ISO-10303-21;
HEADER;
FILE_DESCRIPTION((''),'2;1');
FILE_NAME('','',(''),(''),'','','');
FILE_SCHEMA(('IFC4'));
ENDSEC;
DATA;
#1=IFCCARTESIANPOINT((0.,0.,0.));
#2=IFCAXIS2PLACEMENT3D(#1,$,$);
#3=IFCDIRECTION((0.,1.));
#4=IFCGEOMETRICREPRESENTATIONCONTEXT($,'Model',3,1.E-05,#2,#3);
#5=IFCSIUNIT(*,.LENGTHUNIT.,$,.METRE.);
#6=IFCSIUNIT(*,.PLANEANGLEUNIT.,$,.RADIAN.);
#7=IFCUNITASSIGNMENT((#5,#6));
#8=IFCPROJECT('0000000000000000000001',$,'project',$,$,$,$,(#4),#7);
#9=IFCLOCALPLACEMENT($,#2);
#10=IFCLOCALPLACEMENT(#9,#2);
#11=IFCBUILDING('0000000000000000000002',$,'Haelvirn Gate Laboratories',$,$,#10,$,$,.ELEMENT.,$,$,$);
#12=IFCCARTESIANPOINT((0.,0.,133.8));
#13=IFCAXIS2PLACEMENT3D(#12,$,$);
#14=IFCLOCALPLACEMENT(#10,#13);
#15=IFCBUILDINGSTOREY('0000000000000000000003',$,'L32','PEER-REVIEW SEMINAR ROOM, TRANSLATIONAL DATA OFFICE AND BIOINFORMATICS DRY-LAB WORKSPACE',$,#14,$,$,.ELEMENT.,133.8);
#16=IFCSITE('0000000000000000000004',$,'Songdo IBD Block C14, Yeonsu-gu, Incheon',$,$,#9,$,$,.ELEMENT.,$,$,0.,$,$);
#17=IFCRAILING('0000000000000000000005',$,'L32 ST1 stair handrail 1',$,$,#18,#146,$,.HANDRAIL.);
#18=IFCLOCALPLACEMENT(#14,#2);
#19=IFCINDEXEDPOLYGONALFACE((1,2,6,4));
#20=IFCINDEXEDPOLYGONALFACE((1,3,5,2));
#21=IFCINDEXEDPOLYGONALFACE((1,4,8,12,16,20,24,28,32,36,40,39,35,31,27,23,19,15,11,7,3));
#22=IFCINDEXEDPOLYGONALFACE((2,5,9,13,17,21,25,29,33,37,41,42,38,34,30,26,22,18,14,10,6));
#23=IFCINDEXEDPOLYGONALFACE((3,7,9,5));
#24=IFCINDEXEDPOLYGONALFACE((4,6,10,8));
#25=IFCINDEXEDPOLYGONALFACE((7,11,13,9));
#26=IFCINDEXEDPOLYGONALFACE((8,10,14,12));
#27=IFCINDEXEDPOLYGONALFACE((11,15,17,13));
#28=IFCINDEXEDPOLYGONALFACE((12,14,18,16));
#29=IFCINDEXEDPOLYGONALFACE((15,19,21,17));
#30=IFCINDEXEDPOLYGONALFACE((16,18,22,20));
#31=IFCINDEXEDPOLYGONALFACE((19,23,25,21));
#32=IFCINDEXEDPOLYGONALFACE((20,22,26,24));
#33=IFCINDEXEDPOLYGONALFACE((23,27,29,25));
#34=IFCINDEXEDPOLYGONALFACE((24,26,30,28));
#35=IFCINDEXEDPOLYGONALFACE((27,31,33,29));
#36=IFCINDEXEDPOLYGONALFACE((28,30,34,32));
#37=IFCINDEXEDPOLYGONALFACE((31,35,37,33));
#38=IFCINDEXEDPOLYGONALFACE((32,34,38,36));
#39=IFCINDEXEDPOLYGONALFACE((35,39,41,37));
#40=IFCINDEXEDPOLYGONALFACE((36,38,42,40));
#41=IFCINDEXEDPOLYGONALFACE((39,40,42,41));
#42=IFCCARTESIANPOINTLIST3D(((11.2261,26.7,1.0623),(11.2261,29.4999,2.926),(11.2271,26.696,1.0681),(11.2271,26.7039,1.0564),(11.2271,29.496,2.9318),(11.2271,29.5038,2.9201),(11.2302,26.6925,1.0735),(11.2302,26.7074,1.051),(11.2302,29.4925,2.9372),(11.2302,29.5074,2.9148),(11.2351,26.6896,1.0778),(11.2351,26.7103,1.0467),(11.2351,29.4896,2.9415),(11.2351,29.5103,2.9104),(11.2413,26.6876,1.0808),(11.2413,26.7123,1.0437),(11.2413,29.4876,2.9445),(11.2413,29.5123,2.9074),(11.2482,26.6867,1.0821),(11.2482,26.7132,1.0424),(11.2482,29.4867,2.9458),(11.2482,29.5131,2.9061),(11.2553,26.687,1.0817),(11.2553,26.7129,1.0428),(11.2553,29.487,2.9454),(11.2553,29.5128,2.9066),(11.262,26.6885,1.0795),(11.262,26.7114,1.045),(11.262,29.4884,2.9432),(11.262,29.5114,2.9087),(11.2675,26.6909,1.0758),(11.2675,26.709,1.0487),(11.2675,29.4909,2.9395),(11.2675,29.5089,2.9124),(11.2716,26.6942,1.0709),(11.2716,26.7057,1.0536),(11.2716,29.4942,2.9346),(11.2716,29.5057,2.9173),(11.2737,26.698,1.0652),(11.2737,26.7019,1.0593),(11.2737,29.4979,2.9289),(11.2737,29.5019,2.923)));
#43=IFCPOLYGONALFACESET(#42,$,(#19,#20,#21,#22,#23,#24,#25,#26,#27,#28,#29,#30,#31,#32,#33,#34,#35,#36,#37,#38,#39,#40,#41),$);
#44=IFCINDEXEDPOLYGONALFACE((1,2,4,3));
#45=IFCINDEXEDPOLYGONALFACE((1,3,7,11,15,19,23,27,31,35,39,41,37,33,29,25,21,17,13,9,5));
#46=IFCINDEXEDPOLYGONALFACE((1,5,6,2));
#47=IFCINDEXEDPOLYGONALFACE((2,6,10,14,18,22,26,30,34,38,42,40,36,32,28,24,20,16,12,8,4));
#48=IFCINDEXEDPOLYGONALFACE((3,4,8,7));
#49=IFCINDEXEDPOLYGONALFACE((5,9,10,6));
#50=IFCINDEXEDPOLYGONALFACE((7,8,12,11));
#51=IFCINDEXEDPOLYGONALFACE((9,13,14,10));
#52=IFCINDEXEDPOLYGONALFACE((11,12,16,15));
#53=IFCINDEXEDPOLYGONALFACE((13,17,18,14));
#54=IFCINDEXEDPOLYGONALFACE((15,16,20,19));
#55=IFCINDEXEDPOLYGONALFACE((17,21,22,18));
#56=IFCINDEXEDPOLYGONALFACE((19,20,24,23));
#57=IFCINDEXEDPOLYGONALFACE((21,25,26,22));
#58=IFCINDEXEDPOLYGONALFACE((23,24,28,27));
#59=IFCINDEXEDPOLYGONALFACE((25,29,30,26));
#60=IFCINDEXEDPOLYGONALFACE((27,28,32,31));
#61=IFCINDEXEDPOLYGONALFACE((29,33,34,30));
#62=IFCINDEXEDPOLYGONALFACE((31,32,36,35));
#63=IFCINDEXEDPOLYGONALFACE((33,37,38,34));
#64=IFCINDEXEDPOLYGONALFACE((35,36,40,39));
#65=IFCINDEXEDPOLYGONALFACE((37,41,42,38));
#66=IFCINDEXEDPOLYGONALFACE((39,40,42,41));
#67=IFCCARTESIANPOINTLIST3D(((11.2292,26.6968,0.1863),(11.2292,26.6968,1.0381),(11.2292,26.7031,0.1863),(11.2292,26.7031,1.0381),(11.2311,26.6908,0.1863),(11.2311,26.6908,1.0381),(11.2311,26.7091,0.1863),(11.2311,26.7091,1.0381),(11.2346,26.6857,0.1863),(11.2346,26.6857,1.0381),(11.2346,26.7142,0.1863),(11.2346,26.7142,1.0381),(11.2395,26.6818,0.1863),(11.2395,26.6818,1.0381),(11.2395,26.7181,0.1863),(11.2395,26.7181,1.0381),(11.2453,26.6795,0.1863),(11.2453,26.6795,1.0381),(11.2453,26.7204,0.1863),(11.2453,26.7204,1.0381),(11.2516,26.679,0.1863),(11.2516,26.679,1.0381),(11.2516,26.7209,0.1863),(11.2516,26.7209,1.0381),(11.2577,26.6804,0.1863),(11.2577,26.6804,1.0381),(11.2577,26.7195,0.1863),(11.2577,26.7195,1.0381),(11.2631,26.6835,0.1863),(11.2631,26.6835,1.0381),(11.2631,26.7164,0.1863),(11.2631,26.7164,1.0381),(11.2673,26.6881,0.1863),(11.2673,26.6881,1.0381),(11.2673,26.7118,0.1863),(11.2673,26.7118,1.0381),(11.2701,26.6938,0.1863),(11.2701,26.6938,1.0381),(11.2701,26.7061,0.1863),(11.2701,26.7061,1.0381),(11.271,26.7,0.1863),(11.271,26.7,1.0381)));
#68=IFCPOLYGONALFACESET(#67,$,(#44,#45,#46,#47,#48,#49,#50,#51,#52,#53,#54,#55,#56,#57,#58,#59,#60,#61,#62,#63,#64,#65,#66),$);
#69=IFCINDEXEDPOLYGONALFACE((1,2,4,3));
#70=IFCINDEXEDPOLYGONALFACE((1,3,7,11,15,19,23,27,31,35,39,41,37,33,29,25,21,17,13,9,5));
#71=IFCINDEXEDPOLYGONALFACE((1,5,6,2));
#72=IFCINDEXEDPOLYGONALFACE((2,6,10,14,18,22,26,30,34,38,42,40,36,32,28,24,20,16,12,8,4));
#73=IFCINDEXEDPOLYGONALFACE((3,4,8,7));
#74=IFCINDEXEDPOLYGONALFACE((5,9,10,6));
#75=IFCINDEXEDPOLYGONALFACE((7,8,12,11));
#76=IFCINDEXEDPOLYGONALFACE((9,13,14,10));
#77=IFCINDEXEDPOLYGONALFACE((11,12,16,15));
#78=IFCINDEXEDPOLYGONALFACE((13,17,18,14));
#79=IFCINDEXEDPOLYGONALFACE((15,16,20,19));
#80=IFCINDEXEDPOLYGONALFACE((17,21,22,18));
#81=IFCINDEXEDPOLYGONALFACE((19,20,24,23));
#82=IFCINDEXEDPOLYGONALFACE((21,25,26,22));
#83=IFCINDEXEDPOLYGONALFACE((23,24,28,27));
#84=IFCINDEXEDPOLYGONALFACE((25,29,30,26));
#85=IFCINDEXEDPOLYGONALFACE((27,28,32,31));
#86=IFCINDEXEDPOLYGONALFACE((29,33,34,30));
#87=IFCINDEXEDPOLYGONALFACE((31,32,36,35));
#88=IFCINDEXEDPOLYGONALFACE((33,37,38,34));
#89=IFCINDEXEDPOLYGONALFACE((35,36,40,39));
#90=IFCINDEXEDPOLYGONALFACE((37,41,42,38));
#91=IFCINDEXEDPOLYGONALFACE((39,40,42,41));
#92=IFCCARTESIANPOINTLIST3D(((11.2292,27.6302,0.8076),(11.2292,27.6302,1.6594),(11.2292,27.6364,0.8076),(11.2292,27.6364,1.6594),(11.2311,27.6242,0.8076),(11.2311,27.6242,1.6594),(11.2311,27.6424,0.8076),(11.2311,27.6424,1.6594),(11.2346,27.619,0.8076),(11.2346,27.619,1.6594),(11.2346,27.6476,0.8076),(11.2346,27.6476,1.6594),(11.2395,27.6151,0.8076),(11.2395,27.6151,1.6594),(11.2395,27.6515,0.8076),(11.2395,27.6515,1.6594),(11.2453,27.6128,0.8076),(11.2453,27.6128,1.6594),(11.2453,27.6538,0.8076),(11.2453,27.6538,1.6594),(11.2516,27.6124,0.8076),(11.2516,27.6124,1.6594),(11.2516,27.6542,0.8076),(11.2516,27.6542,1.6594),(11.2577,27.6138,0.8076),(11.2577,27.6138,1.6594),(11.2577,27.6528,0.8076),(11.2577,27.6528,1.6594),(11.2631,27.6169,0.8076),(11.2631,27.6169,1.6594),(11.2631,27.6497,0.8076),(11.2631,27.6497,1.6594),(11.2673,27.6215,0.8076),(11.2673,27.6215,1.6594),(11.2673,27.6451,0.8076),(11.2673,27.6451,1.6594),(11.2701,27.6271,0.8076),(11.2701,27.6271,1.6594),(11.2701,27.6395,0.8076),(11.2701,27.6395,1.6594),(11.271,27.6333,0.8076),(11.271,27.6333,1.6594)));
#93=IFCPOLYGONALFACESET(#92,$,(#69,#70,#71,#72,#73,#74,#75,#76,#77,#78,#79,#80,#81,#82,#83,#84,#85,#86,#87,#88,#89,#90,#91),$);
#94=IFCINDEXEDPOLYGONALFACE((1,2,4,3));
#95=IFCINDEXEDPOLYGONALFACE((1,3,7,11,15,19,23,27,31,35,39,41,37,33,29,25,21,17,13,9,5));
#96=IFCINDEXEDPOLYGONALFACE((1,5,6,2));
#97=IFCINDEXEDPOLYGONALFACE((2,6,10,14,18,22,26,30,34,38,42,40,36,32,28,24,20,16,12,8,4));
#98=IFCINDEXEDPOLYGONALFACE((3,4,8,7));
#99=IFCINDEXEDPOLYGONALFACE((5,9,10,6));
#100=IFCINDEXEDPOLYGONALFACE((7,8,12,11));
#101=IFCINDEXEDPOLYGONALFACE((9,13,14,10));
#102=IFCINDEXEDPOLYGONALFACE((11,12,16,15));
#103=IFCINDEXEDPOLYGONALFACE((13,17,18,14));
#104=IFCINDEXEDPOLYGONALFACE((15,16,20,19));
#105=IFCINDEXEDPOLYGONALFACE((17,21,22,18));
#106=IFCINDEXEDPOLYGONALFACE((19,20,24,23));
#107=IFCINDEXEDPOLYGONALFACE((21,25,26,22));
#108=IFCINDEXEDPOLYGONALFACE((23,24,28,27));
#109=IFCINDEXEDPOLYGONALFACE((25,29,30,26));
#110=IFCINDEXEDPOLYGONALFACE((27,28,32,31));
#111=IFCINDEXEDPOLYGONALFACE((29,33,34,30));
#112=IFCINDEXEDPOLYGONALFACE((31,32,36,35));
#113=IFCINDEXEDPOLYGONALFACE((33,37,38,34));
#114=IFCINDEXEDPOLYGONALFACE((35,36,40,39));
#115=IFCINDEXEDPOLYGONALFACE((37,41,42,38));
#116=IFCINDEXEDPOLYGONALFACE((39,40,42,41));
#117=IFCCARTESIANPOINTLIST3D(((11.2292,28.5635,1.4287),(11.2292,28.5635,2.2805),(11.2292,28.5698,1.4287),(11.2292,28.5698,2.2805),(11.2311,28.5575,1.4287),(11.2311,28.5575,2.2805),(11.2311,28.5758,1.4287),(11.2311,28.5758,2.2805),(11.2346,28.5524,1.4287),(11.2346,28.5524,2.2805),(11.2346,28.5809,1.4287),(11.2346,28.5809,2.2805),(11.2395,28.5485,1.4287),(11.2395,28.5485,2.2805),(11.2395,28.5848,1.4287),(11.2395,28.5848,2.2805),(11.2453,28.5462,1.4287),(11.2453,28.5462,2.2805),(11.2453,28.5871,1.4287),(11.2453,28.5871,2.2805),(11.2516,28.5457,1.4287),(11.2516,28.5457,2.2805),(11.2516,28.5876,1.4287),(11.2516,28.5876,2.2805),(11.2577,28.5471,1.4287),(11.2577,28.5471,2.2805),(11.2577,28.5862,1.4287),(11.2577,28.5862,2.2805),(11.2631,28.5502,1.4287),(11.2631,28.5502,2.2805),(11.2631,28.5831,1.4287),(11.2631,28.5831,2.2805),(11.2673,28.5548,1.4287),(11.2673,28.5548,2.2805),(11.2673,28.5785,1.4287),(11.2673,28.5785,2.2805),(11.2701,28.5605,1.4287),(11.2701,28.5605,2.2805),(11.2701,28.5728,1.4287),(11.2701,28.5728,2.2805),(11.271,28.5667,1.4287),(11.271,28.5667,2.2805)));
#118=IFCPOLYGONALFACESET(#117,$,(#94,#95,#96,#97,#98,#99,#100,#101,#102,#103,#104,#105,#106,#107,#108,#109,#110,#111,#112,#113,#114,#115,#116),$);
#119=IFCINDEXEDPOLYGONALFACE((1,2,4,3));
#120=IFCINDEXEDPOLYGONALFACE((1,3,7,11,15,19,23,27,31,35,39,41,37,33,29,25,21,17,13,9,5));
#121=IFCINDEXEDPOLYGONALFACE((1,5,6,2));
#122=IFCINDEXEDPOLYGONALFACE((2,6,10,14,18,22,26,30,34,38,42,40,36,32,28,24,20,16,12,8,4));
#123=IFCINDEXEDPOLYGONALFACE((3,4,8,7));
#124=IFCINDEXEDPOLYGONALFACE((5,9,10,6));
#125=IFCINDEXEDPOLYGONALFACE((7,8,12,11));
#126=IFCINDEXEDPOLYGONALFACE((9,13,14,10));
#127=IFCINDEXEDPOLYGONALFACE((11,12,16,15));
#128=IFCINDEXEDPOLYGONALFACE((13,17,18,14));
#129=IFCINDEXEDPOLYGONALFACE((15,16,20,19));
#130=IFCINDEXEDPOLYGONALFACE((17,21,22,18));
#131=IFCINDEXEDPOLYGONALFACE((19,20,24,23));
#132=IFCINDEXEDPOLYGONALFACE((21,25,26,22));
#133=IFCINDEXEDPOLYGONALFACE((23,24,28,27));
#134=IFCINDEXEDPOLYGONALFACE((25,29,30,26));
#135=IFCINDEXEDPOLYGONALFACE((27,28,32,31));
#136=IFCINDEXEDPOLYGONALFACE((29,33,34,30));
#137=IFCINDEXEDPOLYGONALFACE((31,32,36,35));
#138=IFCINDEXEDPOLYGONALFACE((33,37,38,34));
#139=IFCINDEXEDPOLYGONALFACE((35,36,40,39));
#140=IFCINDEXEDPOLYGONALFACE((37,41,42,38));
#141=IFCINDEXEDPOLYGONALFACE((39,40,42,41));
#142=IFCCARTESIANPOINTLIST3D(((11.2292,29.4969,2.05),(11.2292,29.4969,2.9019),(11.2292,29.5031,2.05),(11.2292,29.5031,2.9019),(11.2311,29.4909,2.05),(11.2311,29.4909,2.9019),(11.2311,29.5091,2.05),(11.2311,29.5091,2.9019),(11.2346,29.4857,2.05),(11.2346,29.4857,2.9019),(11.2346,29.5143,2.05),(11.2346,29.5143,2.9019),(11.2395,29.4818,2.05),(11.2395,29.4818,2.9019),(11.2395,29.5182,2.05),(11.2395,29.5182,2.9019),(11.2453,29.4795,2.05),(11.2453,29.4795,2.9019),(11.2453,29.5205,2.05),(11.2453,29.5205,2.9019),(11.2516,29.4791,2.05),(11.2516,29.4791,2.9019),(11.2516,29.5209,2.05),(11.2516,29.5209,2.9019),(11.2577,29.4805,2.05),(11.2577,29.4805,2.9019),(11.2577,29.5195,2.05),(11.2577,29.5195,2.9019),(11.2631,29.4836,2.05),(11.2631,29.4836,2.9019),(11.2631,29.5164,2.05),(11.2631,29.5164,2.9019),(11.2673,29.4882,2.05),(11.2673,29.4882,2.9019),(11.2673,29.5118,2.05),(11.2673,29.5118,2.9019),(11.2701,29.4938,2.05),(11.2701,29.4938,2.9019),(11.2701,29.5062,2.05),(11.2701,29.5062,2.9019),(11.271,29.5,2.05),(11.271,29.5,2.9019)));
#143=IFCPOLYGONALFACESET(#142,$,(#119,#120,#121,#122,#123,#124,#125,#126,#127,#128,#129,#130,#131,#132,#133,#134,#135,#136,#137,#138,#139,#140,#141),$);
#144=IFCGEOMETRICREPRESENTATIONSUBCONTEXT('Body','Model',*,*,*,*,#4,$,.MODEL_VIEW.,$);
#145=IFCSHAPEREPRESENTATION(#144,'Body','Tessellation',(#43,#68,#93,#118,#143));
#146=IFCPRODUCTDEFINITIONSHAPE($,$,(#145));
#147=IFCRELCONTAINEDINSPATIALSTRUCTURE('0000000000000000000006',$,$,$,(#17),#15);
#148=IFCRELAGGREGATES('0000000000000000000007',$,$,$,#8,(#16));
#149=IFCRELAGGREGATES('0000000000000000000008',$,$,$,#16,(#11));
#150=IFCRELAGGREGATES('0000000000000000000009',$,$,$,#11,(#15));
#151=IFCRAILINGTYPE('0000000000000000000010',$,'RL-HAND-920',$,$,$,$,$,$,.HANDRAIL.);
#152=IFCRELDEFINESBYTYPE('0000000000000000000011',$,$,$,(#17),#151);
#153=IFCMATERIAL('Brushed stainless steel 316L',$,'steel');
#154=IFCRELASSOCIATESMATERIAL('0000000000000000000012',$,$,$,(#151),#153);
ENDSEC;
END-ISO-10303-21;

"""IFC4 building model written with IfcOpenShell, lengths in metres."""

from ifc_helpers import new_model, si_unit, direction, frame, origin, origin_2d, place, context, subcontext, project, spatial, circle, extrude, source, transform, mapped, material, type_object, type_shapes, element, save


model = new_model("IFC4")

# Units and contexts
model_context = context("Model", 3, precision=1e-05, world=origin(), true_north=direction((0.0, 1.0)))
body_context = subcontext(model_context, "Body", "Model", "MODEL_VIEW")
ifc_project = project(units=[si_unit("LENGTHUNIT", "METRE"), si_unit("PLANEANGLEUNIT", "RADIAN")], contexts=[model_context])

# Site, building, storey
site_placement = place(None, origin())
site = spatial("IfcSite", under=ifc_project, at=site_placement, Name="Songdo IBD Block C14, Yeonsu-gu, Incheon", CompositionType="ELEMENT", RefElevation=0.0)
building_placement = place(site_placement, origin())
building = spatial("IfcBuilding", under=site, at=building_placement, Name="Haelvirn Gate Laboratories", CompositionType="ELEMENT")
storey_placement = place(building_placement, frame((0.0, 0.0, 133.8)))
storey = spatial("IfcBuildingStorey", under=building, at=storey_placement, Name="L32", Description="PEER-REVIEW SEMINAR ROOM, TRANSLATIONAL DATA OFFICE AND BIOINFORMATICS DRY-LAB WORKSPACE", CompositionType="ELEMENT", Elevation=133.8)

# Railing
ifc_material_1 = material(Name="Brushed stainless steel 316L", Category="steel")
railing_type = type_object("IfcRailingType", Name="RL-HAND-920", PredefinedType="HANDRAIL", material=ifc_material_1)
shared_shape_1 = source(origin(), body_context, "Body", "SweptSolid", [
    extrude(circle(Radius=0.0239, at=origin_2d()), frame((0.0, 0.0, 0.876), z_axis=(0.0, 0.832452, 0.554097), x_axis=(-1.0, 0.0, 0.0)), (0.0, 0.0, 1.0), 3.3635),
    extrude(circle(Radius=0.021, at=origin_2d()), origin(), (0.0, 0.0, 1.0), 0.8518),
    extrude(circle(Radius=0.021, at=origin_2d()), frame((0.0, 0.9333, 0.6213)), (0.0, 0.0, 1.0), 0.8518),
    extrude(circle(Radius=0.021, at=origin_2d()), frame((0.0, 1.8667, 1.2424)), (0.0, 0.0, 1.0), 0.8518),
    extrude(circle(Radius=0.021, at=origin_2d()), frame((0.0, 2.8, 1.8638)), (0.0, 0.0, 1.0), 0.8518),
])
type_shapes(railing_type, [shared_shape_1])
railing_placement = place(storey_placement, frame((11.25, 26.7, 0.1863)))
element("IfcRailing", 1, at=railing_placement, inside=storey, type_object=railing_type, Name="L32 ST1 stair handrail 1", PredefinedType="HANDRAIL", context=body_context, shape_type="MappedRepresentation", body=[
    mapped(shared_shape_1, transform((0.0, 0.0, 0.0), scale=1.0)),
])

save(model, "model.ifc")
